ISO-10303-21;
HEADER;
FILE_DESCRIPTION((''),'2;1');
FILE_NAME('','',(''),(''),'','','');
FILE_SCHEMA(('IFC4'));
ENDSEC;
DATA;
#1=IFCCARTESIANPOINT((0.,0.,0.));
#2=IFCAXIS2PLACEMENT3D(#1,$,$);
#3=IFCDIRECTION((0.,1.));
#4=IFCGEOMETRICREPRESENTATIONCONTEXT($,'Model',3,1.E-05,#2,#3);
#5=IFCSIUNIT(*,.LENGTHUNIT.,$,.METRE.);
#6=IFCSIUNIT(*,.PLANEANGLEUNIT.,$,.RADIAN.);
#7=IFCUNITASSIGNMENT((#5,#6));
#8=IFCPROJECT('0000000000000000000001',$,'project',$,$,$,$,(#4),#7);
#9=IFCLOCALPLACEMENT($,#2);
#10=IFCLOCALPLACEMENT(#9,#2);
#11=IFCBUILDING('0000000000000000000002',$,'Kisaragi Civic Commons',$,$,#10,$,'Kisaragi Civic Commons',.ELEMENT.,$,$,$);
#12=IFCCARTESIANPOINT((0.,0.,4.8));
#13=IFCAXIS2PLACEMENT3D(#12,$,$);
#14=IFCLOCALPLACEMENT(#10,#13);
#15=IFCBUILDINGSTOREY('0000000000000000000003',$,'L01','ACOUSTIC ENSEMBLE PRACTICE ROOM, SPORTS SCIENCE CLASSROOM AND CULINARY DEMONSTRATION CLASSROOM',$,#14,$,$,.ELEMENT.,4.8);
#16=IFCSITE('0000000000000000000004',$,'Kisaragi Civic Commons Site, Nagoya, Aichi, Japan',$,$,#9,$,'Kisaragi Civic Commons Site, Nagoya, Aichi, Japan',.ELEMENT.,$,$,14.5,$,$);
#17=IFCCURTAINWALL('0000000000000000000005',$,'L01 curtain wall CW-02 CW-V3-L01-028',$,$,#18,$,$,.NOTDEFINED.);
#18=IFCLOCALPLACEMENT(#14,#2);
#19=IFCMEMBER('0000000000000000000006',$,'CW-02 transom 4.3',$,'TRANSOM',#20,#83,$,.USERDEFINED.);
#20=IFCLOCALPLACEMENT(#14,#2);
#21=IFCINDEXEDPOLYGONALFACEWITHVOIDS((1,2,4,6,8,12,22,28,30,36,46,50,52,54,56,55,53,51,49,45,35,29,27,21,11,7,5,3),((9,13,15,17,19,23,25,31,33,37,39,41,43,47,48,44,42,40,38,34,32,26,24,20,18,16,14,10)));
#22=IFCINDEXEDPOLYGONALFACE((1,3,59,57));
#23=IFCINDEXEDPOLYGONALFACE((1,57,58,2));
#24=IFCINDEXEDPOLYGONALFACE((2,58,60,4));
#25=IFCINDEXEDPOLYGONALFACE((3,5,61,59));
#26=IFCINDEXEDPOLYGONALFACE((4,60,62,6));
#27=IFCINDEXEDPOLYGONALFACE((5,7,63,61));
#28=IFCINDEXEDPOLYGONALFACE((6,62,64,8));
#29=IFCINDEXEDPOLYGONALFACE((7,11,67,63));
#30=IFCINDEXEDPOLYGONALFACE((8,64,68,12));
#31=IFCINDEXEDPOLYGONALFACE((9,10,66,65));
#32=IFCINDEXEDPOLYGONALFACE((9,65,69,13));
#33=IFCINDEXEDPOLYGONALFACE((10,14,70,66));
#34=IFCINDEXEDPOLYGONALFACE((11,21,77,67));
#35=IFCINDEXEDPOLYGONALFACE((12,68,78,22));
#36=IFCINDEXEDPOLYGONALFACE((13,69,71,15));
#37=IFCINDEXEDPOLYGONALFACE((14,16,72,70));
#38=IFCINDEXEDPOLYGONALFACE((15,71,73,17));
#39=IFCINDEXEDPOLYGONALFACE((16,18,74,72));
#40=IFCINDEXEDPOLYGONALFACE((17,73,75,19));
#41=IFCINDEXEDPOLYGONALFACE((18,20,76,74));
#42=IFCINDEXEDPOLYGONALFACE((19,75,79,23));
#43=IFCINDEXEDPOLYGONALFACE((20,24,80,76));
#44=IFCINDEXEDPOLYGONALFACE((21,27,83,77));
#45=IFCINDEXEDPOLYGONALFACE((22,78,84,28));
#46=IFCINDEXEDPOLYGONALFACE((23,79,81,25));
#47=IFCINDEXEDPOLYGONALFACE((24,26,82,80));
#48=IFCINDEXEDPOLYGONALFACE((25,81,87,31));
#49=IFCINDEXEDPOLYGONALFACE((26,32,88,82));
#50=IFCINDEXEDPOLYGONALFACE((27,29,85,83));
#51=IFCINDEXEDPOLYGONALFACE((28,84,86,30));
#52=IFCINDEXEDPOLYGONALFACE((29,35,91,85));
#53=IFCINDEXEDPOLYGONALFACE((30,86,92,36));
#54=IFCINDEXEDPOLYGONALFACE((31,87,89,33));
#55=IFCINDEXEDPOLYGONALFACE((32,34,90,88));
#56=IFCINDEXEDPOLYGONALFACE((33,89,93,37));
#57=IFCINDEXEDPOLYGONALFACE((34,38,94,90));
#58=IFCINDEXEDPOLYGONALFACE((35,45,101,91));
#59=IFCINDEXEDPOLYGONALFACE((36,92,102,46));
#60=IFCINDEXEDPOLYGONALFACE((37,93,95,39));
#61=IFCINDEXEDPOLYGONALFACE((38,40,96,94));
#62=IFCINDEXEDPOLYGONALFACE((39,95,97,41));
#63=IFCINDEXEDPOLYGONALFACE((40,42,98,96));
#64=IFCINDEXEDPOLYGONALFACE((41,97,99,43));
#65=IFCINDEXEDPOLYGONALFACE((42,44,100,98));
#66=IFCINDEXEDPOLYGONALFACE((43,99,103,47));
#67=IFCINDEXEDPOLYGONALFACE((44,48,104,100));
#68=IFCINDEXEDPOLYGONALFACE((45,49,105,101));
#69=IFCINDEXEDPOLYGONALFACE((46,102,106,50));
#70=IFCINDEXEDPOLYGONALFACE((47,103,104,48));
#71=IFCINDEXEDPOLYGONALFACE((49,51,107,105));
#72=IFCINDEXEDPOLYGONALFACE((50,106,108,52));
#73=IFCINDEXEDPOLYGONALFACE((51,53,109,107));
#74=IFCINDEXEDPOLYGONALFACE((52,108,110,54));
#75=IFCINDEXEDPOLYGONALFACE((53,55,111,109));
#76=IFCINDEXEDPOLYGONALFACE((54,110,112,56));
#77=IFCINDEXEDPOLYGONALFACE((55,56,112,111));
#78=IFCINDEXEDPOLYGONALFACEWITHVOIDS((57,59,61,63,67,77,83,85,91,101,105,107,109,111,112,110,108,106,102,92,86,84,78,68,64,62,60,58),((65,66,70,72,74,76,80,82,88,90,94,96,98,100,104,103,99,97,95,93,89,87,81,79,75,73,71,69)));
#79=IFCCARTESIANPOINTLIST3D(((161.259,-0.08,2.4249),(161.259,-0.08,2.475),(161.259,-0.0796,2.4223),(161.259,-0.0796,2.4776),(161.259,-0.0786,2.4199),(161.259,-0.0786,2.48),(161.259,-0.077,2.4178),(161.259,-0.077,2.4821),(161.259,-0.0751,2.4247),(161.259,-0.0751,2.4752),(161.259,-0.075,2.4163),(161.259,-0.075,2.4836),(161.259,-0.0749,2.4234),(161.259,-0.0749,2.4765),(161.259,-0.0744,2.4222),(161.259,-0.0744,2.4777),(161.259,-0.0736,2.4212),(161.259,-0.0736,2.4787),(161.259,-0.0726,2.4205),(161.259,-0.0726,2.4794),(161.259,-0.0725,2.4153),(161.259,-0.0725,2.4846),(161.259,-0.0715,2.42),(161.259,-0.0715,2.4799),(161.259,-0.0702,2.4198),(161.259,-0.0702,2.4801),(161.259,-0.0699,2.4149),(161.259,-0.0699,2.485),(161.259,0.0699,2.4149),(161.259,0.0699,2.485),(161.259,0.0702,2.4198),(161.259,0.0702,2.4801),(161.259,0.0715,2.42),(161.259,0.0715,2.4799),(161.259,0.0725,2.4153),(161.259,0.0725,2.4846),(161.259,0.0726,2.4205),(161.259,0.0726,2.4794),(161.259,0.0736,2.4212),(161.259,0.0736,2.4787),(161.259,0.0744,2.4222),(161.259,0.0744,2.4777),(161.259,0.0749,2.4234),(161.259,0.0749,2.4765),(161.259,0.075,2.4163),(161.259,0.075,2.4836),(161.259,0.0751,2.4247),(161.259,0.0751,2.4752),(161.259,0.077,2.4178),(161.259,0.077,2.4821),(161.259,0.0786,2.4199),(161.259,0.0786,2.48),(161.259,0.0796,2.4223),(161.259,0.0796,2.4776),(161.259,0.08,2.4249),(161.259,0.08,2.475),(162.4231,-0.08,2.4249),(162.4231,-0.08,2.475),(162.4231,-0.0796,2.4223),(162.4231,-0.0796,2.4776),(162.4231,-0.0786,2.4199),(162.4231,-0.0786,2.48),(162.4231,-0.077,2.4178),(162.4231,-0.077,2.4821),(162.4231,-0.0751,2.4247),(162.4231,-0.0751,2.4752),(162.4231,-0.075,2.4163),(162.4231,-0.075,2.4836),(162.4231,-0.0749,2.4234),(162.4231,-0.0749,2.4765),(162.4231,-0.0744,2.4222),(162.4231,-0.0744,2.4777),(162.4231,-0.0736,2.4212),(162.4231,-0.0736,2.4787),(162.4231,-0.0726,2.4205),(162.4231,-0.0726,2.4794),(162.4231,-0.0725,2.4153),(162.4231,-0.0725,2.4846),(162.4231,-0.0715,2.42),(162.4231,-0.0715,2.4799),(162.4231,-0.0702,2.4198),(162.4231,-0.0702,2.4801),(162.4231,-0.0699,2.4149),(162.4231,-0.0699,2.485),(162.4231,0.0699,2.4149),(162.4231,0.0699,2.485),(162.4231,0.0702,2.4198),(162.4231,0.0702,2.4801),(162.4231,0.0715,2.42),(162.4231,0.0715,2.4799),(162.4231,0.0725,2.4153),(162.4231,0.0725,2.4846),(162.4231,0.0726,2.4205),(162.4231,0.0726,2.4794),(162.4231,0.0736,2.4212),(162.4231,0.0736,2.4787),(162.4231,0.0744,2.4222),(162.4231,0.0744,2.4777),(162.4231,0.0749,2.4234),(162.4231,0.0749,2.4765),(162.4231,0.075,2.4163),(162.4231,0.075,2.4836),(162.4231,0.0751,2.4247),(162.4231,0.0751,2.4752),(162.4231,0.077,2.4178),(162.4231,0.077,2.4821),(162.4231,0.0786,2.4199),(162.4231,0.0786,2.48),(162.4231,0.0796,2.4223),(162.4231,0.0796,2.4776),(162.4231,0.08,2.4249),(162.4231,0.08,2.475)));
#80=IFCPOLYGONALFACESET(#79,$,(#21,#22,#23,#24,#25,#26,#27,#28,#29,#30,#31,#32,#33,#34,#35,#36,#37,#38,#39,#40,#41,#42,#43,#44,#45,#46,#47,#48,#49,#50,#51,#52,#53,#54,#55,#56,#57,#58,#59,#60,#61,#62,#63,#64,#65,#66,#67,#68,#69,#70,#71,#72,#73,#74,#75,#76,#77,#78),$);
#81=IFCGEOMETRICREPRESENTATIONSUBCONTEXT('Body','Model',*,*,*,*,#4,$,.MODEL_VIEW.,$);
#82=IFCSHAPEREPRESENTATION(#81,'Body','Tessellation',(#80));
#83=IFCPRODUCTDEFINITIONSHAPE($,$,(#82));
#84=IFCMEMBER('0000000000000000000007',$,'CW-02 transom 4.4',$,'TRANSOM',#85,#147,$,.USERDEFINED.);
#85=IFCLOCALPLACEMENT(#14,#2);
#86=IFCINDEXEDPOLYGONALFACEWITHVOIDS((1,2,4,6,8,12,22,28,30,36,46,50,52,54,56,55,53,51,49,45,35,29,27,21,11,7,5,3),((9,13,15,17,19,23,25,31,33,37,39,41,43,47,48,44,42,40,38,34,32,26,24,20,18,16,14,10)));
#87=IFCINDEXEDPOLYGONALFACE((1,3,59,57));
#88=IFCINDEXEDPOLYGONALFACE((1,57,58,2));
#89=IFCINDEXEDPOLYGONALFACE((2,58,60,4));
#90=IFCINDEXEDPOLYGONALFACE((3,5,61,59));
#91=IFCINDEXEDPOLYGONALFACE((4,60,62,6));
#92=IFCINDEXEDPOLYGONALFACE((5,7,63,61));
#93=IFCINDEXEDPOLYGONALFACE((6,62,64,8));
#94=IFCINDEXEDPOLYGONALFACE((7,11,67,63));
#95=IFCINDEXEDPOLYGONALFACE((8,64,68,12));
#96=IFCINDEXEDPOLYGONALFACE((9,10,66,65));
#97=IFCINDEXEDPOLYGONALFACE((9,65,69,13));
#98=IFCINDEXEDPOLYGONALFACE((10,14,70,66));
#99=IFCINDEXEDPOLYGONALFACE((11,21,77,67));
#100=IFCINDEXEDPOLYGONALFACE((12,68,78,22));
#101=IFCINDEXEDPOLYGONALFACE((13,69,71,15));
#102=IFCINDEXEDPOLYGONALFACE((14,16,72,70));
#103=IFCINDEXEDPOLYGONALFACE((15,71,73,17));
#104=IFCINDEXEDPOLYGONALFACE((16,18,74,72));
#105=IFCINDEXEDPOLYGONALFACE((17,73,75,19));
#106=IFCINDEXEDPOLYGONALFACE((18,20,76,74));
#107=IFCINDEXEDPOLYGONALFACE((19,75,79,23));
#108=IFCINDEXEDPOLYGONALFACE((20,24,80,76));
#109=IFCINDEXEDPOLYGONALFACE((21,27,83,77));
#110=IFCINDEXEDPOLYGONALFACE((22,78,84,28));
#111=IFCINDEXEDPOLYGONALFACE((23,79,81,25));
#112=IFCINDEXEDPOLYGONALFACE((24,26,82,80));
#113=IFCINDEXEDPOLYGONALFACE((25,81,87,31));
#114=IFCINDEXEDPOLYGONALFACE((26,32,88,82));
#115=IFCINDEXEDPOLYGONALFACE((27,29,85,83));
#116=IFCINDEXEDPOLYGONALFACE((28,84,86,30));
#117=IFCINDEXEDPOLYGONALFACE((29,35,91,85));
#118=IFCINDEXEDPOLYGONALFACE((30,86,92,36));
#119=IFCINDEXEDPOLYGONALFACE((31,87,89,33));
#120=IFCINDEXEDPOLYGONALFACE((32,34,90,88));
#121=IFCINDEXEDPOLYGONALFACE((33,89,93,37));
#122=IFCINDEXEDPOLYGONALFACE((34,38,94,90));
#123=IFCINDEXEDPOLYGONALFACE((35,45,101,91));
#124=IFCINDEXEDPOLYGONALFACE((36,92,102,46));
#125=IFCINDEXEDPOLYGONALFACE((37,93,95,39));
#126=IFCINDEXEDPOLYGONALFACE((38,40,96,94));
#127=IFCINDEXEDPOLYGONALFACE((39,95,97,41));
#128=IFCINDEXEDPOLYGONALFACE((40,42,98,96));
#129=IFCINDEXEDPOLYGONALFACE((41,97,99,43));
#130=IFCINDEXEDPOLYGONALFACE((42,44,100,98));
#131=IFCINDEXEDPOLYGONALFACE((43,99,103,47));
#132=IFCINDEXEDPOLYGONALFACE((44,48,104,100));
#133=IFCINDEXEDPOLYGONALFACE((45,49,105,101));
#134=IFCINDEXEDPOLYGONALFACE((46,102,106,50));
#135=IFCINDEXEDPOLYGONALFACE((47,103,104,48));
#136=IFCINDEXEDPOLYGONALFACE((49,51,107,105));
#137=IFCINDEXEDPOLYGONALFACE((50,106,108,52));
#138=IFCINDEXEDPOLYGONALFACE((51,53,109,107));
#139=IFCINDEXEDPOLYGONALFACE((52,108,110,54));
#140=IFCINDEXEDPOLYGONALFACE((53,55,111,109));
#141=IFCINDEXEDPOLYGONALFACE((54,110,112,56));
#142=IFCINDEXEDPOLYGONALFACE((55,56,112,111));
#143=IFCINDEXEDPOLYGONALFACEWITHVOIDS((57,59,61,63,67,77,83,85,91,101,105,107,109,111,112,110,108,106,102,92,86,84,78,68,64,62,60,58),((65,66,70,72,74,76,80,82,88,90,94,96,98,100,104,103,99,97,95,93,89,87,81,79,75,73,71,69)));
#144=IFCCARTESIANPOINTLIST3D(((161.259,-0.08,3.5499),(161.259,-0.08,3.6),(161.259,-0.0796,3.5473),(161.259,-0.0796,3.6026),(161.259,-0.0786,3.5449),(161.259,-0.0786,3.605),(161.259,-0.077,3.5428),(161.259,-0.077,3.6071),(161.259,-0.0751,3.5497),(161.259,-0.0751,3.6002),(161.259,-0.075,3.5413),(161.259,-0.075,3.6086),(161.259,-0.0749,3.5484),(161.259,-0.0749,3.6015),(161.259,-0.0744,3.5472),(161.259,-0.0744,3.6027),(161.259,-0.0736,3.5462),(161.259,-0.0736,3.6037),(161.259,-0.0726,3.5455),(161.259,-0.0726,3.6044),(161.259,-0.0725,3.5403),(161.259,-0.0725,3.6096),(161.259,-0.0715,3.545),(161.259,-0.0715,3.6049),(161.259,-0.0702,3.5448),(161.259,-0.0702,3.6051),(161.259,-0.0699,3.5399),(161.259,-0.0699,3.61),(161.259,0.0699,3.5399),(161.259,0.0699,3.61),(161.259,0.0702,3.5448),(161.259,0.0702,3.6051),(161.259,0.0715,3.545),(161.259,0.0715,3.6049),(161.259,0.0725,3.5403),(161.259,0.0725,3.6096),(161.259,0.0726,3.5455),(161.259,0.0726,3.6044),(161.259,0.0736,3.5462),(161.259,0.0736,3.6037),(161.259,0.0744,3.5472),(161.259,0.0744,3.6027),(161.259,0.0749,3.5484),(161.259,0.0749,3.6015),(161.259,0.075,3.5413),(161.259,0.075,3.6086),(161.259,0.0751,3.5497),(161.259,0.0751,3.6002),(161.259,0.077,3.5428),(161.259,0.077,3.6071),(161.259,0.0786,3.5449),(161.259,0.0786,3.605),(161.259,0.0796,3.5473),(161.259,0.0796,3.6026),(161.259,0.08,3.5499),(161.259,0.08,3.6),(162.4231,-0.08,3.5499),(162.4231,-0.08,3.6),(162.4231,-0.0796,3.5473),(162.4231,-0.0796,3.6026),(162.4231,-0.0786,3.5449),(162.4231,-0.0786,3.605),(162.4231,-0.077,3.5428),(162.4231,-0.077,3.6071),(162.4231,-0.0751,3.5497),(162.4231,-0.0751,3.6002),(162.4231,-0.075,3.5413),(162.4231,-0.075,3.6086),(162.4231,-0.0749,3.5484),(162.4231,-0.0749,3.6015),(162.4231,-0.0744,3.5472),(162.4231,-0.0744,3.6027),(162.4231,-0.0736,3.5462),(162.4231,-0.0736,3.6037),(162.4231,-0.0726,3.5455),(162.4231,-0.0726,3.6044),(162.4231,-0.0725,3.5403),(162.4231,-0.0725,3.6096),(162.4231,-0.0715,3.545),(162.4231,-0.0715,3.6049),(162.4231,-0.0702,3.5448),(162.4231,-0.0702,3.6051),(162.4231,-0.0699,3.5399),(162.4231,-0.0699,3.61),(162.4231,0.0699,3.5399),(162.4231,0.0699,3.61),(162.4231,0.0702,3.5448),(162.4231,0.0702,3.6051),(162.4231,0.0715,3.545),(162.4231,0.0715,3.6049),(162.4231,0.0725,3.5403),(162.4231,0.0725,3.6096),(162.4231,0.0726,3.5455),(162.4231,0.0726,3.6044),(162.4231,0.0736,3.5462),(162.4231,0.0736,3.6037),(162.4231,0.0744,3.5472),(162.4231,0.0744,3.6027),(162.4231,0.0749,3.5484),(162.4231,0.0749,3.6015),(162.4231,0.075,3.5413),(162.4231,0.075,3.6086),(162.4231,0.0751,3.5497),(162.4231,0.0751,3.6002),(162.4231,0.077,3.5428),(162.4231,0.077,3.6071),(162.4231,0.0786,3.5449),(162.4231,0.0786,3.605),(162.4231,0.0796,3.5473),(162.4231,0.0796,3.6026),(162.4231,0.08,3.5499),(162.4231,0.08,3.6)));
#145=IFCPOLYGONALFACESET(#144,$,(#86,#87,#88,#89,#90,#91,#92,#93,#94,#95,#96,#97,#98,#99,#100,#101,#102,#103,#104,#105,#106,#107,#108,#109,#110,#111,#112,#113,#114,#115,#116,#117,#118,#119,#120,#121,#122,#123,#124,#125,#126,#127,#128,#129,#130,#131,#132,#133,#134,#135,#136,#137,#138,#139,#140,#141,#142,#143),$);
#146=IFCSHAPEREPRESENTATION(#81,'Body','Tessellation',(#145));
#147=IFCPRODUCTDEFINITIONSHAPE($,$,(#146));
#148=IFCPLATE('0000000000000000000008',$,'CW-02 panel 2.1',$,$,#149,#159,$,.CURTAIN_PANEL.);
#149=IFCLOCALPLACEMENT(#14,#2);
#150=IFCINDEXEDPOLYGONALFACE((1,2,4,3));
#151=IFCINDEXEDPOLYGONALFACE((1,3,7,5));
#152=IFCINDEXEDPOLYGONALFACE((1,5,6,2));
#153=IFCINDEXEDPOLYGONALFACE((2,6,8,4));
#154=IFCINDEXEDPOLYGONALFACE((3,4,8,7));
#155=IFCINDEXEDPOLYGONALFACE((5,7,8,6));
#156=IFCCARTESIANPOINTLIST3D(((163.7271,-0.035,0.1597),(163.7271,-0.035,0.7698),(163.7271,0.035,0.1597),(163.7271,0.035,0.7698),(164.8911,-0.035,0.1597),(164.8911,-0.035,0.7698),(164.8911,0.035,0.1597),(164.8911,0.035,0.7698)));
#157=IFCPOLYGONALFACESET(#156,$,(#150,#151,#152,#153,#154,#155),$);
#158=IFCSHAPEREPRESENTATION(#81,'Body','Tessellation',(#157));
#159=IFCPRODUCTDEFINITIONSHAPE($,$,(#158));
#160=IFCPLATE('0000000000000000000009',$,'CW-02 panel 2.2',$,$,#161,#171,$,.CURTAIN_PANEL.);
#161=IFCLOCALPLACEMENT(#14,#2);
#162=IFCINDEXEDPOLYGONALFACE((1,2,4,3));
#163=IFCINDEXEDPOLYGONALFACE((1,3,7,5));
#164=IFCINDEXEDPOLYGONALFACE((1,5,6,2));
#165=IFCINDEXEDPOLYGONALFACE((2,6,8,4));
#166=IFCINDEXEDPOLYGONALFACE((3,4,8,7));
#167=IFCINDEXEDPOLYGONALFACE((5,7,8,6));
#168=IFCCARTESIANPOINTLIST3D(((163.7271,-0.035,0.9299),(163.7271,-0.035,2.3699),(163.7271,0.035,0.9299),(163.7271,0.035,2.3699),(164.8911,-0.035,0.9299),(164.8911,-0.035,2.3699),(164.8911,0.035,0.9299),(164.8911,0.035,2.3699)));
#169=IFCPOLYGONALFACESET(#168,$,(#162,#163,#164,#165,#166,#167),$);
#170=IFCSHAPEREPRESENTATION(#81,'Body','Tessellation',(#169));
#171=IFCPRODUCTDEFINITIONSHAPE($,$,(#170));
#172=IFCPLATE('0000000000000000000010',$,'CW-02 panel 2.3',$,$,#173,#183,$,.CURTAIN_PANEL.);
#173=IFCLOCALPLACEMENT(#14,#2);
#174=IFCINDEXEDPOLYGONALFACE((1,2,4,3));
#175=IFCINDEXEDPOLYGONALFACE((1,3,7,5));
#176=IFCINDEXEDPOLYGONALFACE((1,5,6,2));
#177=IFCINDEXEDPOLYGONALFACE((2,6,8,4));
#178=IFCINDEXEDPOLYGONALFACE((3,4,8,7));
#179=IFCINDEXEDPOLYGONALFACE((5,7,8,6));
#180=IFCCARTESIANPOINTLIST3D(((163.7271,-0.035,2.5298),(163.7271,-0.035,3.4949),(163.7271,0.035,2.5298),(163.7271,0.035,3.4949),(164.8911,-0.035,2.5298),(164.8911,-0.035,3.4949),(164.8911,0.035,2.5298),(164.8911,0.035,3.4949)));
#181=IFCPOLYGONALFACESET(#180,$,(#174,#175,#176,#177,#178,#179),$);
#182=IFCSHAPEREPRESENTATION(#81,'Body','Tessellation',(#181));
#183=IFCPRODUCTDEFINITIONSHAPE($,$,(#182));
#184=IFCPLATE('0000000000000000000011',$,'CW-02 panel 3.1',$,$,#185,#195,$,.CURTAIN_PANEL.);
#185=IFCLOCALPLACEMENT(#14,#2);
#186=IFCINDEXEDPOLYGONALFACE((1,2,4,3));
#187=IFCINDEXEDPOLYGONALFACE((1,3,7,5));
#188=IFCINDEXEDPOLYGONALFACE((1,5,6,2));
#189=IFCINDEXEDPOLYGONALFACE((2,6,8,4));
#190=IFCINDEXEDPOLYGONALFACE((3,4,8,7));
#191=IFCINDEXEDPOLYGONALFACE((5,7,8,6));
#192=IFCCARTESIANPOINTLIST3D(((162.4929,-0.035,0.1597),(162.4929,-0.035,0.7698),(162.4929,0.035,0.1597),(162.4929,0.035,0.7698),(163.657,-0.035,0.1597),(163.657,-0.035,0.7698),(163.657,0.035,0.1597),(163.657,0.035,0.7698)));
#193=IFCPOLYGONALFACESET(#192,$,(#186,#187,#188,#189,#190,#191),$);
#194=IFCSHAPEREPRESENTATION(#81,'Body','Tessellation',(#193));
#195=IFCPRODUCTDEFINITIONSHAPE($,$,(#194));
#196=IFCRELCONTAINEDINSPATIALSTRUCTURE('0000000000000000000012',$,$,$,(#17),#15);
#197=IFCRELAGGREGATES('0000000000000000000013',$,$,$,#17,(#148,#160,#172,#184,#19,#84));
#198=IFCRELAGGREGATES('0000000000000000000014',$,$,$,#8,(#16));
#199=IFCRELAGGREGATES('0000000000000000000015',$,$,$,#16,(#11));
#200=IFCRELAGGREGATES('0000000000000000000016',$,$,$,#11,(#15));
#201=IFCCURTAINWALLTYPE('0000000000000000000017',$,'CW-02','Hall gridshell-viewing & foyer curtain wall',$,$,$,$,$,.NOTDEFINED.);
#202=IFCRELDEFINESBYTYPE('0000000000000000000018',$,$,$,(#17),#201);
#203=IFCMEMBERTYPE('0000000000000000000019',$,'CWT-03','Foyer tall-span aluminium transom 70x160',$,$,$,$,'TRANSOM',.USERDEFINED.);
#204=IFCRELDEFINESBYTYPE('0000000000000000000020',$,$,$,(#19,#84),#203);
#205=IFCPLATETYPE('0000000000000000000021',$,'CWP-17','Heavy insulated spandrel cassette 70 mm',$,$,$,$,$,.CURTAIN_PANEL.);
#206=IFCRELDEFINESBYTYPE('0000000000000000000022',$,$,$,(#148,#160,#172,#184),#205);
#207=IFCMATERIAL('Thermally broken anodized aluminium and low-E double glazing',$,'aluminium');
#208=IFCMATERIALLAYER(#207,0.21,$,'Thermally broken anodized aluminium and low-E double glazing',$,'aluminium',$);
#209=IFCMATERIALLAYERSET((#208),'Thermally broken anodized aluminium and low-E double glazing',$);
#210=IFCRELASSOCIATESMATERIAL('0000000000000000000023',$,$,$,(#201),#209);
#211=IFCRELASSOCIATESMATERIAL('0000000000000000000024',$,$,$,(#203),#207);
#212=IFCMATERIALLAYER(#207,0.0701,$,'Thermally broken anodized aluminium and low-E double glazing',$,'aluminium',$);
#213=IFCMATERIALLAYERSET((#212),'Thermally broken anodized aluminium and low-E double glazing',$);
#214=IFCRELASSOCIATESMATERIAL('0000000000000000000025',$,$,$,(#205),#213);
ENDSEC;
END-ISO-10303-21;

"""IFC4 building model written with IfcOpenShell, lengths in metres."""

from ifc_helpers import new_model, si_unit, direction, frame, origin, origin_2d, place, context, subcontext, project, spatial, rectangle, hollow_rectangle, extrude, material, layer, layer_set, material_profile, profile_set, type_object, element, aggregate, save


model = new_model("IFC4")

# Units and contexts
model_context = context("Model", 3, precision=1e-05, world=origin(), true_north=direction((0.0, 1.0)))
body_context = subcontext(model_context, "Body", "Model", "MODEL_VIEW")
ifc_project = project(units=[si_unit("LENGTHUNIT", "METRE"), si_unit("PLANEANGLEUNIT", "RADIAN")], contexts=[model_context])

# Site, building, storey
site_placement = place(None, origin())
site = spatial("IfcSite", under=ifc_project, at=site_placement, Name="Kisaragi Civic Commons Site, Nagoya, Aichi, Japan", LongName="Kisaragi Civic Commons Site, Nagoya, Aichi, Japan", CompositionType="ELEMENT", RefElevation=14.5)
building_placement = place(site_placement, origin())
building = spatial("IfcBuilding", under=site, at=building_placement, Name="Kisaragi Civic Commons", LongName="Kisaragi Civic Commons", CompositionType="ELEMENT")
storey_placement = place(building_placement, frame((0.0, 0.0, 4.8)))
storey = spatial("IfcBuildingStorey", under=building, at=storey_placement, Name="L01", Description="ACOUSTIC ENSEMBLE PRACTICE ROOM, SPORTS SCIENCE CLASSROOM AND CULINARY DEMONSTRATION CLASSROOM", CompositionType="ELEMENT", Elevation=4.8)

# Curtain wall, members, plates
ifc_material_1 = material(Name="Thermally broken anodized aluminium and low-E double glazing", Category="aluminium")
ifc_layer_1 = layer(ifc_material_1, 0.21, Name="Thermally broken anodized aluminium and low-E double glazing", Category="aluminium")
ifc_layer_set_1 = layer_set([ifc_layer_1], Name="Thermally broken anodized aluminium and low-E double glazing")
curtain_wall_type = type_object("IfcCurtainWallType", Name="CW-02", Description="Hall gridshell-viewing & foyer curtain wall", PredefinedType="NOTDEFINED", material=ifc_layer_set_1)
curtain_wall_placement = place(storey_placement, origin())
curtain_wall = element("IfcCurtainWall", 1, at=curtain_wall_placement, inside=storey, type_object=curtain_wall_type, Name="L01 curtain wall CW-02 CW-V3-L01-028", PredefinedType="NOTDEFINED")
ifc_material_profile_1 = material_profile(ifc_material_1, hollow_rectangle(XDim=0.1599, YDim=0.0701, WallThickness=0.0049, InnerFilletRadius=0.0049, OuterFilletRadius=0.01, at=origin_2d()), Name="CWT-70x160x5", Category="aluminium")
ifc_profile_set_1 = profile_set([ifc_material_profile_1], Name="Thermally broken anodized aluminium and low-E double glazing")
member_type_1 = type_object("IfcMemberType", Name="CWT-03", Description="Foyer tall-span aluminium transom 70x160", ElementType="TRANSOM", PredefinedType="USERDEFINED", material=ifc_profile_set_1)
member_1_placement = place(storey_placement, frame((162.4231, 0.0, 2.45), z_axis=(-1.0, 0.0, 0.0), x_axis=(0.0, -1.0, 0.0)))
member_1 = element("IfcMember", 2, at=member_1_placement, type_object=member_type_1, Name="CW-02 transom 4.3", ObjectType="TRANSOM", PredefinedType="USERDEFINED", context=body_context, shape_type="SweptSolid", body=[
    extrude(hollow_rectangle(XDim=0.1599, YDim=0.0701, WallThickness=0.0049, InnerFilletRadius=0.0049, OuterFilletRadius=0.01, at=origin_2d()), origin(), (0.0, 0.0, 1.0), 1.1641),
])
member_2_placement = place(storey_placement, frame((162.4231, 0.0, 3.575), z_axis=(-1.0, 0.0, 0.0), x_axis=(0.0, -1.0, 0.0)))
member_2 = element("IfcMember", 3, at=member_2_placement, type_object=member_type_1, Name="CW-02 transom 4.4", ObjectType="TRANSOM", PredefinedType="USERDEFINED", context=body_context, shape_type="SweptSolid", body=[
    extrude(hollow_rectangle(XDim=0.1599, YDim=0.0701, WallThickness=0.0049, InnerFilletRadius=0.0049, OuterFilletRadius=0.01, at=origin_2d()), origin(), (0.0, 0.0, 1.0), 1.1641),
])
ifc_layer_2 = layer(ifc_material_1, 0.0701, Name="Thermally broken anodized aluminium and low-E double glazing", Category="aluminium")
ifc_layer_set_2 = layer_set([ifc_layer_2], Name="Thermally broken anodized aluminium and low-E double glazing")
plate_type = type_object("IfcPlateType", Name="CWP-17", Description="Heavy insulated spandrel cassette 70 mm", PredefinedType="CURTAIN_PANEL", material=ifc_layer_set_2)
plate_1_placement = place(storey_placement, frame((164.3091, 0.0, 0.1597), z_axis=(0.0, 0.0, 1.0), x_axis=(-1.0, 0.0, 0.0)))
plate_1 = element("IfcPlate", 4, at=plate_1_placement, type_object=plate_type, Name="CW-02 panel 2.1", PredefinedType="CURTAIN_PANEL", context=body_context, shape_type="SweptSolid", body=[
    extrude(rectangle(XDim=1.1641, YDim=0.0701, at=origin_2d()), origin(), (0.0, 0.0, 1.0), 0.6101),
])
plate_2_placement = place(storey_placement, frame((164.3091, 0.0, 0.9299), z_axis=(0.0, 0.0, 1.0), x_axis=(-1.0, 0.0, 0.0)))
plate_2 = element("IfcPlate", 5, at=plate_2_placement, type_object=plate_type, Name="CW-02 panel 2.2", PredefinedType="CURTAIN_PANEL", context=body_context, shape_type="SweptSolid", body=[
    extrude(rectangle(XDim=1.1641, YDim=0.0701, at=origin_2d()), origin(), (0.0, 0.0, 1.0), 1.4399),
])
plate_3_placement = place(storey_placement, frame((164.3091, 0.0, 2.5298), z_axis=(0.0, 0.0, 1.0), x_axis=(-1.0, 0.0, 0.0)))
plate_3 = element("IfcPlate", 6, at=plate_3_placement, type_object=plate_type, Name="CW-02 panel 2.3", PredefinedType="CURTAIN_PANEL", context=body_context, shape_type="SweptSolid", body=[
    extrude(rectangle(XDim=1.1641, YDim=0.0701, at=origin_2d()), origin(), (0.0, 0.0, 1.0), 0.9651),
])
plate_4_placement = place(storey_placement, frame((163.075, 0.0, 0.1597), z_axis=(0.0, 0.0, 1.0), x_axis=(-1.0, 0.0, 0.0)))
plate_4 = element("IfcPlate", 7, at=plate_4_placement, type_object=plate_type, Name="CW-02 panel 3.1", PredefinedType="CURTAIN_PANEL", context=body_context, shape_type="SweptSolid", body=[
    extrude(rectangle(XDim=1.1641, YDim=0.0701, at=origin_2d()), origin(), (0.0, 0.0, 1.0), 0.6101),
])
aggregate(curtain_wall, [plate_1, plate_2, plate_3, plate_4, member_1, member_2])

save(model, "model.ifc")
